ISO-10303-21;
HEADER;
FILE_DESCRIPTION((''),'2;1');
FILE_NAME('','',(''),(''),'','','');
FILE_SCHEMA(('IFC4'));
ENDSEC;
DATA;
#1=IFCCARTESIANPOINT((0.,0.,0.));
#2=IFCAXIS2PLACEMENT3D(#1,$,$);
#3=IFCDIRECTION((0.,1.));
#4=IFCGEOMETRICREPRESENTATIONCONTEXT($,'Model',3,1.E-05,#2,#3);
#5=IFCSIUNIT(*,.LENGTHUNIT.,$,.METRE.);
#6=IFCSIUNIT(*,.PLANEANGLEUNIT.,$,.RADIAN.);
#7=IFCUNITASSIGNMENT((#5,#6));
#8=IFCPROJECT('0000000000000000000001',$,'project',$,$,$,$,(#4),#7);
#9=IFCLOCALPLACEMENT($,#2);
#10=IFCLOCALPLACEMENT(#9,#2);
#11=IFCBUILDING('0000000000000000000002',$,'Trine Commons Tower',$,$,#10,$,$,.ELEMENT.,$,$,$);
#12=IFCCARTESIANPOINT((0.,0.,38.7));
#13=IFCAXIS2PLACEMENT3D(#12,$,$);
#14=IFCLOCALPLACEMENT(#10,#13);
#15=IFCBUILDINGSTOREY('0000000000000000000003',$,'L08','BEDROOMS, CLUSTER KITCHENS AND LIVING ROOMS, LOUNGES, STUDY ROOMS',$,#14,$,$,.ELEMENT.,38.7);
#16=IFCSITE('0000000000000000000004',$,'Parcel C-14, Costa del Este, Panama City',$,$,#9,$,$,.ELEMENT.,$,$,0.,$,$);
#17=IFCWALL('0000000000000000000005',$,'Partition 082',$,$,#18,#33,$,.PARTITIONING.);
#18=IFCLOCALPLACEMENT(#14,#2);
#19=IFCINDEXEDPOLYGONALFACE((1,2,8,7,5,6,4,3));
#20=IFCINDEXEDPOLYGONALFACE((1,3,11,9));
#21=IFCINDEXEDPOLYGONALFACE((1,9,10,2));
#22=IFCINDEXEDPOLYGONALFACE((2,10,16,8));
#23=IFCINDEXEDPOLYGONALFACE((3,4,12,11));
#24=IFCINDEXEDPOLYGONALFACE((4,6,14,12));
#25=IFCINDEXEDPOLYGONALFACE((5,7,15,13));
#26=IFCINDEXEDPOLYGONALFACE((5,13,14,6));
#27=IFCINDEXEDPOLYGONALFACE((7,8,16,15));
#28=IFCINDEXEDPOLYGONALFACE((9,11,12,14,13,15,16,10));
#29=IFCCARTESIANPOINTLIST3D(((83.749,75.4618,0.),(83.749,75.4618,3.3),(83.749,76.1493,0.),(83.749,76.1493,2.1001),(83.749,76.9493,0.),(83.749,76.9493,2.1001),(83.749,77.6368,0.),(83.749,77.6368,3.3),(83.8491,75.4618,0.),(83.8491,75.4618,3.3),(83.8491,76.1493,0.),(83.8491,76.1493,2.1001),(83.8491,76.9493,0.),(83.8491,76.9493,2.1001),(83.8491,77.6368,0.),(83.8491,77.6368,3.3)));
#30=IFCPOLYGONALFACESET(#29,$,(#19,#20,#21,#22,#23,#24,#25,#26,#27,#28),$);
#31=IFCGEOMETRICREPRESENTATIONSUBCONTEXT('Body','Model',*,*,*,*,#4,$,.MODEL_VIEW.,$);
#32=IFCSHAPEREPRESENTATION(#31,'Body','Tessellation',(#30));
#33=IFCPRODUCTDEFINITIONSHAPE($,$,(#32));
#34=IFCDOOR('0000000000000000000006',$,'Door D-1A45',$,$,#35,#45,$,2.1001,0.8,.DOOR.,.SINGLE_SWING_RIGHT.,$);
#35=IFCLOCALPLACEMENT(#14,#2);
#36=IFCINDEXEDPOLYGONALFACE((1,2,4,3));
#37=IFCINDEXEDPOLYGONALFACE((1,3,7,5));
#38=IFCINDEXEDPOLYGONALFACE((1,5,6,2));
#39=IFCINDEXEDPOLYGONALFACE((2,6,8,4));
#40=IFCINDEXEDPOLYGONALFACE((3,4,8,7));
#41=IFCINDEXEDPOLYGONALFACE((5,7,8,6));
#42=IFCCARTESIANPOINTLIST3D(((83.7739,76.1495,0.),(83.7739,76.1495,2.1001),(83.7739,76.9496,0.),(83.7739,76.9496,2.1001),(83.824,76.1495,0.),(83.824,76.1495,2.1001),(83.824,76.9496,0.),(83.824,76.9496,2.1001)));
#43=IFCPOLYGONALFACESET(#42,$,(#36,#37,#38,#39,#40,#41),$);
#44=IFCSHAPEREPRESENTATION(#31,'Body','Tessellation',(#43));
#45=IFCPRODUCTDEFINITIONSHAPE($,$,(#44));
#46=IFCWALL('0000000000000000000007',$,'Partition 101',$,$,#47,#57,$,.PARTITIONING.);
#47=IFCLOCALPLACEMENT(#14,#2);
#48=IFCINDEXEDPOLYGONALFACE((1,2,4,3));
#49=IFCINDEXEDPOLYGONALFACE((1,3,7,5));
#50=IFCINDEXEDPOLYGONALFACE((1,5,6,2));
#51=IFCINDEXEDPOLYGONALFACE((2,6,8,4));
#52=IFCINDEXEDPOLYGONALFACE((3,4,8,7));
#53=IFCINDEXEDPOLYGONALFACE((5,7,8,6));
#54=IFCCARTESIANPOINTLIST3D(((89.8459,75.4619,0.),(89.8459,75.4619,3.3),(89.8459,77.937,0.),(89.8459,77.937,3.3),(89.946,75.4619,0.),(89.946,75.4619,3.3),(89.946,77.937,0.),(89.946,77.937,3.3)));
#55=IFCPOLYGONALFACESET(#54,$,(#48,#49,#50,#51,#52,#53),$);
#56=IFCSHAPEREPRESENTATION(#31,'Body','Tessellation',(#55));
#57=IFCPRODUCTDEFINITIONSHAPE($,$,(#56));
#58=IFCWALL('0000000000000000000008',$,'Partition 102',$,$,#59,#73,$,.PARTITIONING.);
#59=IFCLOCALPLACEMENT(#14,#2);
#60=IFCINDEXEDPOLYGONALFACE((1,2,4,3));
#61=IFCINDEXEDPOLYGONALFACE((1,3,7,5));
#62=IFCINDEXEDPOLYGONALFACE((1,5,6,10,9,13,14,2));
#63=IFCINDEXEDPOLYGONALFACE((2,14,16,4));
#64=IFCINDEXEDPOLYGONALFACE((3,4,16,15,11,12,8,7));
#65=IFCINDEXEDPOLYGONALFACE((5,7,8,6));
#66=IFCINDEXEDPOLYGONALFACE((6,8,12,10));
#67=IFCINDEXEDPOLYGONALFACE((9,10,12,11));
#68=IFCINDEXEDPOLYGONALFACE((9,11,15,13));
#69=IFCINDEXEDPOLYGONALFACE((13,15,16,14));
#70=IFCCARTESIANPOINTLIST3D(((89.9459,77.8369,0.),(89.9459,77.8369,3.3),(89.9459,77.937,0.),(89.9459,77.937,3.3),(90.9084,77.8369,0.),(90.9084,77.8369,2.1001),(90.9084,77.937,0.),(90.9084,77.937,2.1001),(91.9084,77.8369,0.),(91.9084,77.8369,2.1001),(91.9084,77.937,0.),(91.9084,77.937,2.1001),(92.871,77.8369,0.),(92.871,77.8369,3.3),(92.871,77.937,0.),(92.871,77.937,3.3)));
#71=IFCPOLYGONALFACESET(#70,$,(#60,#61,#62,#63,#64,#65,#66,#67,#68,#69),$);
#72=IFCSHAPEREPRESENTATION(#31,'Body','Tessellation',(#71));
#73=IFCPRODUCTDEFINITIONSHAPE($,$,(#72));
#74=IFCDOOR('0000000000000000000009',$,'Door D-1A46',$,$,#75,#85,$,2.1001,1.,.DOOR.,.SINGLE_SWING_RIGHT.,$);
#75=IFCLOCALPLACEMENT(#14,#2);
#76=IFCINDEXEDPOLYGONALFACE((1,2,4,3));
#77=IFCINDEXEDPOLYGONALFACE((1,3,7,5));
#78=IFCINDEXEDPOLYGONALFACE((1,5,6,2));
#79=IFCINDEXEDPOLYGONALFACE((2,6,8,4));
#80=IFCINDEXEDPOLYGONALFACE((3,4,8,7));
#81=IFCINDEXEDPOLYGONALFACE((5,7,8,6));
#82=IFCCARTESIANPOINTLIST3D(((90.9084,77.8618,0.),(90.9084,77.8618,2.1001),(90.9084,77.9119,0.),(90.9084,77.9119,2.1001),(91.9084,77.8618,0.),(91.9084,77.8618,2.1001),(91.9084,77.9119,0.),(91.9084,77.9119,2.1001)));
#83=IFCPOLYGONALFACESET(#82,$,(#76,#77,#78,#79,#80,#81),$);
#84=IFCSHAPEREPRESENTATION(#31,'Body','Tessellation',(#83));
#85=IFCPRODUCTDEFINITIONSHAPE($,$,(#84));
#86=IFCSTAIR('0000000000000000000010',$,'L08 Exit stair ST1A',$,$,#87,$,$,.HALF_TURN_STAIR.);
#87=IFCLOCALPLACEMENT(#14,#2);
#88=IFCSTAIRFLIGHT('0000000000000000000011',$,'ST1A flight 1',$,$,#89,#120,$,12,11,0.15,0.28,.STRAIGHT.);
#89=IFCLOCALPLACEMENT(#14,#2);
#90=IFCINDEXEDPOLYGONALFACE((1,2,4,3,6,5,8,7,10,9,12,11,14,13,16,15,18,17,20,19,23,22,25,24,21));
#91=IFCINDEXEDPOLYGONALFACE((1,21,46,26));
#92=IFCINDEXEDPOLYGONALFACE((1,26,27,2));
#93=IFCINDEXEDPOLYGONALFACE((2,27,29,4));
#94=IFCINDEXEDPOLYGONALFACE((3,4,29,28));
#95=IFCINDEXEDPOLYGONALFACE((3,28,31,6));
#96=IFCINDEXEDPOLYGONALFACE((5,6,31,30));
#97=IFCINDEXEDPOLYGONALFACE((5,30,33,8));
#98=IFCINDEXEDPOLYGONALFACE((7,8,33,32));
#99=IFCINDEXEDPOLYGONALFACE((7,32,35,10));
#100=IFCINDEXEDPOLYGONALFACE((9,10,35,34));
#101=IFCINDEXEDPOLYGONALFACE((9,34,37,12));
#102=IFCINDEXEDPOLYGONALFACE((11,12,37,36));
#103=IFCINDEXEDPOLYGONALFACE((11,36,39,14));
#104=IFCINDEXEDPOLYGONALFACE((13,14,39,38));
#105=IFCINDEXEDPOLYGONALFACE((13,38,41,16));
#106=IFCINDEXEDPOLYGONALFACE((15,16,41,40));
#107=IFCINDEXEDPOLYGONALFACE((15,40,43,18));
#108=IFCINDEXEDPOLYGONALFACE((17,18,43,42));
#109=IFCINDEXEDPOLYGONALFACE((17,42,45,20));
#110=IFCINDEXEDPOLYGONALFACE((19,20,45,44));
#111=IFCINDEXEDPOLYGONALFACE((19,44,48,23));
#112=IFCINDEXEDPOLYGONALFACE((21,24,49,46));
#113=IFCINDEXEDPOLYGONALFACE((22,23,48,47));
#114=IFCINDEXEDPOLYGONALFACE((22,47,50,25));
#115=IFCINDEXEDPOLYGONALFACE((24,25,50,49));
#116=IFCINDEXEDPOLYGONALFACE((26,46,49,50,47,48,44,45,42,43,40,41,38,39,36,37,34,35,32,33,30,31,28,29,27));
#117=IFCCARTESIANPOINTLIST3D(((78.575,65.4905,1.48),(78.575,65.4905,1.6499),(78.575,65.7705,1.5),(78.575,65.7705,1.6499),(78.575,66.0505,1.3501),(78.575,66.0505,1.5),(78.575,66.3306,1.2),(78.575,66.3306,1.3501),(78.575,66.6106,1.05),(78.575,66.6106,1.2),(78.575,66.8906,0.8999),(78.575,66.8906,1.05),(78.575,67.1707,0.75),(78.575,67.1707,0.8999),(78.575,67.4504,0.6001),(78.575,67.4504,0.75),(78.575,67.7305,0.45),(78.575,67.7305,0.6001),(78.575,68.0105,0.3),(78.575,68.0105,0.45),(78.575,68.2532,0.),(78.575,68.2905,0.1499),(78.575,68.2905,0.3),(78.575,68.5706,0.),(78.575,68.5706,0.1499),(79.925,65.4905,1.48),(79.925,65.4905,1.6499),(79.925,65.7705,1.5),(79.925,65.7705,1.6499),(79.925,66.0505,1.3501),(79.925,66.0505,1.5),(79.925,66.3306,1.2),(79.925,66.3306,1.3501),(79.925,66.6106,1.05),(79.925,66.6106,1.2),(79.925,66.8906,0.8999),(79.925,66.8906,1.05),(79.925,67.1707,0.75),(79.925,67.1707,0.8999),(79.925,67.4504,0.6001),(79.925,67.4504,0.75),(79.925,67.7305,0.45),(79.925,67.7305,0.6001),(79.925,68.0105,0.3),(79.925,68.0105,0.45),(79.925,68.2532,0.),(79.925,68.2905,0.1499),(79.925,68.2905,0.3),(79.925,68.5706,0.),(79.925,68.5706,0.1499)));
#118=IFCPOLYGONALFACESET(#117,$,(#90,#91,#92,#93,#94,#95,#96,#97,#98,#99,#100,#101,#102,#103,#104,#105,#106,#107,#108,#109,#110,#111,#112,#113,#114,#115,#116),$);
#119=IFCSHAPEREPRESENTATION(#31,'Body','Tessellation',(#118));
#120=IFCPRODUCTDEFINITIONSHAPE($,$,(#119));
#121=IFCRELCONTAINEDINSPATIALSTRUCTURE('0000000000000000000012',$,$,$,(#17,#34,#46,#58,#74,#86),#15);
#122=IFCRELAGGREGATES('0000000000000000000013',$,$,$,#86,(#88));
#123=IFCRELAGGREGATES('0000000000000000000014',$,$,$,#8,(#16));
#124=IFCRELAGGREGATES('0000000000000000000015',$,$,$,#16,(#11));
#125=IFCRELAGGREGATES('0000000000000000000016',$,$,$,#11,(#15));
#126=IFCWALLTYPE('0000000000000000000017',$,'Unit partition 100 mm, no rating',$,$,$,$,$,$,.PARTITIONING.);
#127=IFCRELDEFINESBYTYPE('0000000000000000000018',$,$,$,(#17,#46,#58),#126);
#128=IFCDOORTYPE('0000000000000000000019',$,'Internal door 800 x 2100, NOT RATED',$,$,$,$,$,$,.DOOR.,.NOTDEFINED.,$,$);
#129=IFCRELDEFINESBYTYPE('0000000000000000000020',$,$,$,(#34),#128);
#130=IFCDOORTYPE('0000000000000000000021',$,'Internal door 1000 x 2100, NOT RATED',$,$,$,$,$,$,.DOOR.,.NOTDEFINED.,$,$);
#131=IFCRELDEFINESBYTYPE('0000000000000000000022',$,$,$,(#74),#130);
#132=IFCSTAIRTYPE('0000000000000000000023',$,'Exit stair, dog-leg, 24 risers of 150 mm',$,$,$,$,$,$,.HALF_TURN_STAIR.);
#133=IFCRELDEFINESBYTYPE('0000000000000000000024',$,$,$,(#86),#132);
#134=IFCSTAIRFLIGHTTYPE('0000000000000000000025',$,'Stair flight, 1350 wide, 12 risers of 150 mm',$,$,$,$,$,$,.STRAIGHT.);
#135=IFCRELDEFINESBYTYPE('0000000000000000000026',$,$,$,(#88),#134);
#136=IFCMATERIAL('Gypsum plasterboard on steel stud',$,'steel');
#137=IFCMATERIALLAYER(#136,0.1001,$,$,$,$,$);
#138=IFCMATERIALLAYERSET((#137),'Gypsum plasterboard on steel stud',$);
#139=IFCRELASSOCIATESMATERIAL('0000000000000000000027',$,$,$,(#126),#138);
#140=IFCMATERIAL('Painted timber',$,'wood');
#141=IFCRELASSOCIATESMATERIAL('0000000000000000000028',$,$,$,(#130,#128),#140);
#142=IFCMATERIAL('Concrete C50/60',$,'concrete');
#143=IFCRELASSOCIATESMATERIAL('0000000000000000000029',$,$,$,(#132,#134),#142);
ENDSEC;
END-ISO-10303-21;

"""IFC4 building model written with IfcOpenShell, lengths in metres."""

from ifc_helpers import new_model, si_unit, direction, frame, frame_2d, origin, place, context, subcontext, project, spatial, polyline, rectangle, outline, extrude, material, layer, layer_set, type_object, element, fill, aggregate, save


model = new_model("IFC4")

# Units and contexts
model_context = context("Model", 3, precision=1e-05, world=origin(), true_north=direction((0.0, 1.0)))
body_context = subcontext(model_context, "Body", "Model", "MODEL_VIEW")
ifc_project = project(units=[si_unit("LENGTHUNIT", "METRE"), si_unit("PLANEANGLEUNIT", "RADIAN")], contexts=[model_context])

# Site, building, storey
site_placement = place(None, origin())
site = spatial("IfcSite", under=ifc_project, at=site_placement, Name="Parcel C-14, Costa del Este, Panama City", CompositionType="ELEMENT", RefElevation=0.0)
building_placement = place(site_placement, origin())
building = spatial("IfcBuilding", under=site, at=building_placement, Name="Trine Commons Tower", CompositionType="ELEMENT")
storey_placement = place(building_placement, frame((0.0, 0.0, 38.7)))
storey = spatial("IfcBuildingStorey", under=building, at=storey_placement, Name="L08", Description="BEDROOMS, CLUSTER KITCHENS AND LIVING ROOMS, LOUNGES, STUDY ROOMS", CompositionType="ELEMENT", Elevation=38.7)

# Shared definitions
ifc_material_1 = material(Name="Concrete C50/60", Category="concrete")

# Shared definitions
ifc_material_2 = material(Name="Gypsum plasterboard on steel stud", Category="steel")

# Shared definitions
ifc_material_3 = material(Name="Painted timber", Category="wood")

# Shared definitions
ifc_layer_1 = layer(ifc_material_2, 0.1001)
ifc_layer_set_1 = layer_set([ifc_layer_1], Name="Gypsum plasterboard on steel stud")
wall_type_1 = type_object("IfcWallType", Name="Unit partition 100 mm, no rating", PredefinedType="PARTITIONING", material=ifc_layer_set_1)
door_type_1 = type_object("IfcDoorType", Name="Internal door 1000 x 2100, NOT RATED", OperationType="NOTDEFINED", PredefinedType="DOOR", material=ifc_material_3)

# Wall, opening, door
wall_1_placement = place(storey_placement, frame((83.7991, 75.4619, 0.0), z_axis=(0.0, 0.0, 1.0), x_axis=(0.0, 1.0, 0.0)))
wall_1 = element("IfcWall", 1, at=wall_1_placement, inside=storey, type_object=wall_type_1, Name="Partition 082", PredefinedType="PARTITIONING", context=body_context, shape_type="SweptSolid", body=[
    extrude(rectangle(XDim=2.175, YDim=0.1001, at=frame_2d((1.0874, 0.0))), origin(), (0.0, 0.0, 1.0), 3.3),
])
opening_1_placement = place(wall_1_placement, frame((0.6875, 0.0, 0.0)))
opening_1 = element("IfcOpeningElement", 2, at=opening_1_placement, cuts=wall_1, PredefinedType="OPENING", context=body_context, shape_type="SweptSolid", body=[
    extrude(rectangle(XDim=0.8, YDim=2.1001, at=frame_2d((0.3999, 1.05))), frame((0.0, 0.0601, 0.0), z_axis=(0.0, -1.0, 0.0), x_axis=(1.0, 0.0, 0.0)), (0.0, 0.0, 1.0), 0.1201),
])
door_type_2 = type_object("IfcDoorType", Name="Internal door 800 x 2100, NOT RATED", OperationType="NOTDEFINED", PredefinedType="DOOR", material=ifc_material_3)
door_1_placement = place(opening_1_placement, frame((0.8, 0.0, 0.0), z_axis=(0.0, 0.0, 1.0), x_axis=(-1.0, 0.0, 0.0)))
door_1 = element("IfcDoor", 3, at=door_1_placement, inside=storey, type_object=door_type_2, Name="Door D-1A45", OperationType="SINGLE_SWING_RIGHT", OverallHeight=2.1001, OverallWidth=0.8, PredefinedType="DOOR", context=body_context, shape_type="SweptSolid", body=[
    extrude(rectangle(XDim=0.8, YDim=2.1001, at=frame_2d((0.3999, 1.05))), frame((0.0, 0.0249, 0.0), z_axis=(0.0, -1.0, 0.0), x_axis=(1.0, 0.0, 0.0)), (0.0, 0.0, 1.0), 0.05),
])
fill(opening_1, door_1)

# Wall
wall_2_placement = place(storey_placement, frame((89.896, 75.4619, 0.0), z_axis=(0.0, 0.0, 1.0), x_axis=(0.0, 1.0, 0.0)))
element("IfcWall", 4, at=wall_2_placement, inside=storey, type_object=wall_type_1, Name="Partition 101", PredefinedType="PARTITIONING", context=body_context, shape_type="SweptSolid", body=[
    extrude(rectangle(XDim=2.4751, YDim=0.1001, at=frame_2d((1.2375, 0.0))), origin(), (0.0, 0.0, 1.0), 3.3),
])

# Wall, opening, door
wall_3_placement = place(storey_placement, frame((89.946, 77.887, 0.0), z_axis=(0.0, 0.0, 1.0), x_axis=(1.0, 0.0, 0.0)))
wall_3 = element("IfcWall", 5, at=wall_3_placement, inside=storey, type_object=wall_type_1, Name="Partition 102", PredefinedType="PARTITIONING", context=body_context, shape_type="SweptSolid", body=[
    extrude(rectangle(XDim=2.925, YDim=0.1001, at=frame_2d((1.4624, 0.0))), origin(), (0.0, 0.0, 1.0), 3.3),
])
opening_2_placement = place(wall_3_placement, frame((0.9624, 0.0, 0.0)))
opening_2 = element("IfcOpeningElement", 6, at=opening_2_placement, cuts=wall_3, PredefinedType="OPENING", context=body_context, shape_type="SweptSolid", body=[
    extrude(rectangle(XDim=1.0, YDim=2.1001, at=frame_2d((0.5, 1.05))), frame((0.0, 0.0601, 0.0), z_axis=(0.0, -1.0, 0.0), x_axis=(1.0, 0.0, 0.0)), (0.0, 0.0, 1.0), 0.1201),
])
door_2_placement = place(opening_2_placement, origin())
door_2 = element("IfcDoor", 7, at=door_2_placement, inside=storey, type_object=door_type_1, Name="Door D-1A46", OperationType="SINGLE_SWING_RIGHT", OverallHeight=2.1001, OverallWidth=1.0, PredefinedType="DOOR", context=body_context, shape_type="SweptSolid", body=[
    extrude(rectangle(XDim=1.0, YDim=2.1001, at=frame_2d((0.5, 1.05))), frame((0.0, 0.0249, 0.0), z_axis=(0.0, -1.0, 0.0), x_axis=(1.0, 0.0, 0.0)), (0.0, 0.0, 1.0), 0.05),
])
fill(opening_2, door_2)

# Stair, stair flight
stair_type = type_object("IfcStairType", Name="Exit stair, dog-leg, 24 risers of 150 mm", PredefinedType="HALF_TURN_STAIR", material=ifc_material_1)
stair_placement = place(storey_placement, origin())
stair = element("IfcStair", 8, at=stair_placement, inside=storey, type_object=stair_type, Name="L08 Exit stair ST1A", PredefinedType="HALF_TURN_STAIR")
stair_flight_type = type_object("IfcStairFlightType", Name="Stair flight, 1350 wide, 12 risers of 150 mm", PredefinedType="STRAIGHT", material=ifc_material_1)
stair_flight_placement = place(storey_placement, frame((79.25, 68.5706, 0.0), z_axis=(0.0, 0.0, 1.0), x_axis=(0.0, -1.0, 0.0)))
stair_flight = element("IfcStairFlight", 9, at=stair_flight_placement, type_object=stair_flight_type, Name="ST1A flight 1", NumberOfRisers=12, NumberOfTreads=11, PredefinedType="STRAIGHT", RiserHeight=0.15, TreadLength=0.28, context=body_context, shape_type="SweptSolid", body=[
    extrude(outline(polyline([(0.0, 0.0), (0.0, 0.1499), (0.28, 0.1499), (0.28, 0.3), (0.5601, 0.3), (0.5601, 0.45), (0.8401, 0.45), (0.8401, 0.6001), (1.1201, 0.6001), (1.1201, 0.75), (1.3999, 0.75), (1.3999, 0.8999), (1.6799, 0.8999), (1.6799, 1.05), (1.96, 1.05), (1.96, 1.2), (2.24, 1.2), (2.24, 1.3501), (2.52, 1.3501), (2.52, 1.5), (2.8, 1.5), (2.8, 1.6499), (3.0801, 1.6499), (3.0801, 1.8), (3.0801, 1.48), (0.3174, 0.0), (0.0, 0.0)])), frame((0.0, 0.675, 0.0), z_axis=(0.0, -1.0, 0.0), x_axis=(1.0, 0.0, 0.0)), (0.0, 0.0, 1.0), 1.3501),
])
aggregate(stair, [stair_flight])

save(model, "model.ifc")
